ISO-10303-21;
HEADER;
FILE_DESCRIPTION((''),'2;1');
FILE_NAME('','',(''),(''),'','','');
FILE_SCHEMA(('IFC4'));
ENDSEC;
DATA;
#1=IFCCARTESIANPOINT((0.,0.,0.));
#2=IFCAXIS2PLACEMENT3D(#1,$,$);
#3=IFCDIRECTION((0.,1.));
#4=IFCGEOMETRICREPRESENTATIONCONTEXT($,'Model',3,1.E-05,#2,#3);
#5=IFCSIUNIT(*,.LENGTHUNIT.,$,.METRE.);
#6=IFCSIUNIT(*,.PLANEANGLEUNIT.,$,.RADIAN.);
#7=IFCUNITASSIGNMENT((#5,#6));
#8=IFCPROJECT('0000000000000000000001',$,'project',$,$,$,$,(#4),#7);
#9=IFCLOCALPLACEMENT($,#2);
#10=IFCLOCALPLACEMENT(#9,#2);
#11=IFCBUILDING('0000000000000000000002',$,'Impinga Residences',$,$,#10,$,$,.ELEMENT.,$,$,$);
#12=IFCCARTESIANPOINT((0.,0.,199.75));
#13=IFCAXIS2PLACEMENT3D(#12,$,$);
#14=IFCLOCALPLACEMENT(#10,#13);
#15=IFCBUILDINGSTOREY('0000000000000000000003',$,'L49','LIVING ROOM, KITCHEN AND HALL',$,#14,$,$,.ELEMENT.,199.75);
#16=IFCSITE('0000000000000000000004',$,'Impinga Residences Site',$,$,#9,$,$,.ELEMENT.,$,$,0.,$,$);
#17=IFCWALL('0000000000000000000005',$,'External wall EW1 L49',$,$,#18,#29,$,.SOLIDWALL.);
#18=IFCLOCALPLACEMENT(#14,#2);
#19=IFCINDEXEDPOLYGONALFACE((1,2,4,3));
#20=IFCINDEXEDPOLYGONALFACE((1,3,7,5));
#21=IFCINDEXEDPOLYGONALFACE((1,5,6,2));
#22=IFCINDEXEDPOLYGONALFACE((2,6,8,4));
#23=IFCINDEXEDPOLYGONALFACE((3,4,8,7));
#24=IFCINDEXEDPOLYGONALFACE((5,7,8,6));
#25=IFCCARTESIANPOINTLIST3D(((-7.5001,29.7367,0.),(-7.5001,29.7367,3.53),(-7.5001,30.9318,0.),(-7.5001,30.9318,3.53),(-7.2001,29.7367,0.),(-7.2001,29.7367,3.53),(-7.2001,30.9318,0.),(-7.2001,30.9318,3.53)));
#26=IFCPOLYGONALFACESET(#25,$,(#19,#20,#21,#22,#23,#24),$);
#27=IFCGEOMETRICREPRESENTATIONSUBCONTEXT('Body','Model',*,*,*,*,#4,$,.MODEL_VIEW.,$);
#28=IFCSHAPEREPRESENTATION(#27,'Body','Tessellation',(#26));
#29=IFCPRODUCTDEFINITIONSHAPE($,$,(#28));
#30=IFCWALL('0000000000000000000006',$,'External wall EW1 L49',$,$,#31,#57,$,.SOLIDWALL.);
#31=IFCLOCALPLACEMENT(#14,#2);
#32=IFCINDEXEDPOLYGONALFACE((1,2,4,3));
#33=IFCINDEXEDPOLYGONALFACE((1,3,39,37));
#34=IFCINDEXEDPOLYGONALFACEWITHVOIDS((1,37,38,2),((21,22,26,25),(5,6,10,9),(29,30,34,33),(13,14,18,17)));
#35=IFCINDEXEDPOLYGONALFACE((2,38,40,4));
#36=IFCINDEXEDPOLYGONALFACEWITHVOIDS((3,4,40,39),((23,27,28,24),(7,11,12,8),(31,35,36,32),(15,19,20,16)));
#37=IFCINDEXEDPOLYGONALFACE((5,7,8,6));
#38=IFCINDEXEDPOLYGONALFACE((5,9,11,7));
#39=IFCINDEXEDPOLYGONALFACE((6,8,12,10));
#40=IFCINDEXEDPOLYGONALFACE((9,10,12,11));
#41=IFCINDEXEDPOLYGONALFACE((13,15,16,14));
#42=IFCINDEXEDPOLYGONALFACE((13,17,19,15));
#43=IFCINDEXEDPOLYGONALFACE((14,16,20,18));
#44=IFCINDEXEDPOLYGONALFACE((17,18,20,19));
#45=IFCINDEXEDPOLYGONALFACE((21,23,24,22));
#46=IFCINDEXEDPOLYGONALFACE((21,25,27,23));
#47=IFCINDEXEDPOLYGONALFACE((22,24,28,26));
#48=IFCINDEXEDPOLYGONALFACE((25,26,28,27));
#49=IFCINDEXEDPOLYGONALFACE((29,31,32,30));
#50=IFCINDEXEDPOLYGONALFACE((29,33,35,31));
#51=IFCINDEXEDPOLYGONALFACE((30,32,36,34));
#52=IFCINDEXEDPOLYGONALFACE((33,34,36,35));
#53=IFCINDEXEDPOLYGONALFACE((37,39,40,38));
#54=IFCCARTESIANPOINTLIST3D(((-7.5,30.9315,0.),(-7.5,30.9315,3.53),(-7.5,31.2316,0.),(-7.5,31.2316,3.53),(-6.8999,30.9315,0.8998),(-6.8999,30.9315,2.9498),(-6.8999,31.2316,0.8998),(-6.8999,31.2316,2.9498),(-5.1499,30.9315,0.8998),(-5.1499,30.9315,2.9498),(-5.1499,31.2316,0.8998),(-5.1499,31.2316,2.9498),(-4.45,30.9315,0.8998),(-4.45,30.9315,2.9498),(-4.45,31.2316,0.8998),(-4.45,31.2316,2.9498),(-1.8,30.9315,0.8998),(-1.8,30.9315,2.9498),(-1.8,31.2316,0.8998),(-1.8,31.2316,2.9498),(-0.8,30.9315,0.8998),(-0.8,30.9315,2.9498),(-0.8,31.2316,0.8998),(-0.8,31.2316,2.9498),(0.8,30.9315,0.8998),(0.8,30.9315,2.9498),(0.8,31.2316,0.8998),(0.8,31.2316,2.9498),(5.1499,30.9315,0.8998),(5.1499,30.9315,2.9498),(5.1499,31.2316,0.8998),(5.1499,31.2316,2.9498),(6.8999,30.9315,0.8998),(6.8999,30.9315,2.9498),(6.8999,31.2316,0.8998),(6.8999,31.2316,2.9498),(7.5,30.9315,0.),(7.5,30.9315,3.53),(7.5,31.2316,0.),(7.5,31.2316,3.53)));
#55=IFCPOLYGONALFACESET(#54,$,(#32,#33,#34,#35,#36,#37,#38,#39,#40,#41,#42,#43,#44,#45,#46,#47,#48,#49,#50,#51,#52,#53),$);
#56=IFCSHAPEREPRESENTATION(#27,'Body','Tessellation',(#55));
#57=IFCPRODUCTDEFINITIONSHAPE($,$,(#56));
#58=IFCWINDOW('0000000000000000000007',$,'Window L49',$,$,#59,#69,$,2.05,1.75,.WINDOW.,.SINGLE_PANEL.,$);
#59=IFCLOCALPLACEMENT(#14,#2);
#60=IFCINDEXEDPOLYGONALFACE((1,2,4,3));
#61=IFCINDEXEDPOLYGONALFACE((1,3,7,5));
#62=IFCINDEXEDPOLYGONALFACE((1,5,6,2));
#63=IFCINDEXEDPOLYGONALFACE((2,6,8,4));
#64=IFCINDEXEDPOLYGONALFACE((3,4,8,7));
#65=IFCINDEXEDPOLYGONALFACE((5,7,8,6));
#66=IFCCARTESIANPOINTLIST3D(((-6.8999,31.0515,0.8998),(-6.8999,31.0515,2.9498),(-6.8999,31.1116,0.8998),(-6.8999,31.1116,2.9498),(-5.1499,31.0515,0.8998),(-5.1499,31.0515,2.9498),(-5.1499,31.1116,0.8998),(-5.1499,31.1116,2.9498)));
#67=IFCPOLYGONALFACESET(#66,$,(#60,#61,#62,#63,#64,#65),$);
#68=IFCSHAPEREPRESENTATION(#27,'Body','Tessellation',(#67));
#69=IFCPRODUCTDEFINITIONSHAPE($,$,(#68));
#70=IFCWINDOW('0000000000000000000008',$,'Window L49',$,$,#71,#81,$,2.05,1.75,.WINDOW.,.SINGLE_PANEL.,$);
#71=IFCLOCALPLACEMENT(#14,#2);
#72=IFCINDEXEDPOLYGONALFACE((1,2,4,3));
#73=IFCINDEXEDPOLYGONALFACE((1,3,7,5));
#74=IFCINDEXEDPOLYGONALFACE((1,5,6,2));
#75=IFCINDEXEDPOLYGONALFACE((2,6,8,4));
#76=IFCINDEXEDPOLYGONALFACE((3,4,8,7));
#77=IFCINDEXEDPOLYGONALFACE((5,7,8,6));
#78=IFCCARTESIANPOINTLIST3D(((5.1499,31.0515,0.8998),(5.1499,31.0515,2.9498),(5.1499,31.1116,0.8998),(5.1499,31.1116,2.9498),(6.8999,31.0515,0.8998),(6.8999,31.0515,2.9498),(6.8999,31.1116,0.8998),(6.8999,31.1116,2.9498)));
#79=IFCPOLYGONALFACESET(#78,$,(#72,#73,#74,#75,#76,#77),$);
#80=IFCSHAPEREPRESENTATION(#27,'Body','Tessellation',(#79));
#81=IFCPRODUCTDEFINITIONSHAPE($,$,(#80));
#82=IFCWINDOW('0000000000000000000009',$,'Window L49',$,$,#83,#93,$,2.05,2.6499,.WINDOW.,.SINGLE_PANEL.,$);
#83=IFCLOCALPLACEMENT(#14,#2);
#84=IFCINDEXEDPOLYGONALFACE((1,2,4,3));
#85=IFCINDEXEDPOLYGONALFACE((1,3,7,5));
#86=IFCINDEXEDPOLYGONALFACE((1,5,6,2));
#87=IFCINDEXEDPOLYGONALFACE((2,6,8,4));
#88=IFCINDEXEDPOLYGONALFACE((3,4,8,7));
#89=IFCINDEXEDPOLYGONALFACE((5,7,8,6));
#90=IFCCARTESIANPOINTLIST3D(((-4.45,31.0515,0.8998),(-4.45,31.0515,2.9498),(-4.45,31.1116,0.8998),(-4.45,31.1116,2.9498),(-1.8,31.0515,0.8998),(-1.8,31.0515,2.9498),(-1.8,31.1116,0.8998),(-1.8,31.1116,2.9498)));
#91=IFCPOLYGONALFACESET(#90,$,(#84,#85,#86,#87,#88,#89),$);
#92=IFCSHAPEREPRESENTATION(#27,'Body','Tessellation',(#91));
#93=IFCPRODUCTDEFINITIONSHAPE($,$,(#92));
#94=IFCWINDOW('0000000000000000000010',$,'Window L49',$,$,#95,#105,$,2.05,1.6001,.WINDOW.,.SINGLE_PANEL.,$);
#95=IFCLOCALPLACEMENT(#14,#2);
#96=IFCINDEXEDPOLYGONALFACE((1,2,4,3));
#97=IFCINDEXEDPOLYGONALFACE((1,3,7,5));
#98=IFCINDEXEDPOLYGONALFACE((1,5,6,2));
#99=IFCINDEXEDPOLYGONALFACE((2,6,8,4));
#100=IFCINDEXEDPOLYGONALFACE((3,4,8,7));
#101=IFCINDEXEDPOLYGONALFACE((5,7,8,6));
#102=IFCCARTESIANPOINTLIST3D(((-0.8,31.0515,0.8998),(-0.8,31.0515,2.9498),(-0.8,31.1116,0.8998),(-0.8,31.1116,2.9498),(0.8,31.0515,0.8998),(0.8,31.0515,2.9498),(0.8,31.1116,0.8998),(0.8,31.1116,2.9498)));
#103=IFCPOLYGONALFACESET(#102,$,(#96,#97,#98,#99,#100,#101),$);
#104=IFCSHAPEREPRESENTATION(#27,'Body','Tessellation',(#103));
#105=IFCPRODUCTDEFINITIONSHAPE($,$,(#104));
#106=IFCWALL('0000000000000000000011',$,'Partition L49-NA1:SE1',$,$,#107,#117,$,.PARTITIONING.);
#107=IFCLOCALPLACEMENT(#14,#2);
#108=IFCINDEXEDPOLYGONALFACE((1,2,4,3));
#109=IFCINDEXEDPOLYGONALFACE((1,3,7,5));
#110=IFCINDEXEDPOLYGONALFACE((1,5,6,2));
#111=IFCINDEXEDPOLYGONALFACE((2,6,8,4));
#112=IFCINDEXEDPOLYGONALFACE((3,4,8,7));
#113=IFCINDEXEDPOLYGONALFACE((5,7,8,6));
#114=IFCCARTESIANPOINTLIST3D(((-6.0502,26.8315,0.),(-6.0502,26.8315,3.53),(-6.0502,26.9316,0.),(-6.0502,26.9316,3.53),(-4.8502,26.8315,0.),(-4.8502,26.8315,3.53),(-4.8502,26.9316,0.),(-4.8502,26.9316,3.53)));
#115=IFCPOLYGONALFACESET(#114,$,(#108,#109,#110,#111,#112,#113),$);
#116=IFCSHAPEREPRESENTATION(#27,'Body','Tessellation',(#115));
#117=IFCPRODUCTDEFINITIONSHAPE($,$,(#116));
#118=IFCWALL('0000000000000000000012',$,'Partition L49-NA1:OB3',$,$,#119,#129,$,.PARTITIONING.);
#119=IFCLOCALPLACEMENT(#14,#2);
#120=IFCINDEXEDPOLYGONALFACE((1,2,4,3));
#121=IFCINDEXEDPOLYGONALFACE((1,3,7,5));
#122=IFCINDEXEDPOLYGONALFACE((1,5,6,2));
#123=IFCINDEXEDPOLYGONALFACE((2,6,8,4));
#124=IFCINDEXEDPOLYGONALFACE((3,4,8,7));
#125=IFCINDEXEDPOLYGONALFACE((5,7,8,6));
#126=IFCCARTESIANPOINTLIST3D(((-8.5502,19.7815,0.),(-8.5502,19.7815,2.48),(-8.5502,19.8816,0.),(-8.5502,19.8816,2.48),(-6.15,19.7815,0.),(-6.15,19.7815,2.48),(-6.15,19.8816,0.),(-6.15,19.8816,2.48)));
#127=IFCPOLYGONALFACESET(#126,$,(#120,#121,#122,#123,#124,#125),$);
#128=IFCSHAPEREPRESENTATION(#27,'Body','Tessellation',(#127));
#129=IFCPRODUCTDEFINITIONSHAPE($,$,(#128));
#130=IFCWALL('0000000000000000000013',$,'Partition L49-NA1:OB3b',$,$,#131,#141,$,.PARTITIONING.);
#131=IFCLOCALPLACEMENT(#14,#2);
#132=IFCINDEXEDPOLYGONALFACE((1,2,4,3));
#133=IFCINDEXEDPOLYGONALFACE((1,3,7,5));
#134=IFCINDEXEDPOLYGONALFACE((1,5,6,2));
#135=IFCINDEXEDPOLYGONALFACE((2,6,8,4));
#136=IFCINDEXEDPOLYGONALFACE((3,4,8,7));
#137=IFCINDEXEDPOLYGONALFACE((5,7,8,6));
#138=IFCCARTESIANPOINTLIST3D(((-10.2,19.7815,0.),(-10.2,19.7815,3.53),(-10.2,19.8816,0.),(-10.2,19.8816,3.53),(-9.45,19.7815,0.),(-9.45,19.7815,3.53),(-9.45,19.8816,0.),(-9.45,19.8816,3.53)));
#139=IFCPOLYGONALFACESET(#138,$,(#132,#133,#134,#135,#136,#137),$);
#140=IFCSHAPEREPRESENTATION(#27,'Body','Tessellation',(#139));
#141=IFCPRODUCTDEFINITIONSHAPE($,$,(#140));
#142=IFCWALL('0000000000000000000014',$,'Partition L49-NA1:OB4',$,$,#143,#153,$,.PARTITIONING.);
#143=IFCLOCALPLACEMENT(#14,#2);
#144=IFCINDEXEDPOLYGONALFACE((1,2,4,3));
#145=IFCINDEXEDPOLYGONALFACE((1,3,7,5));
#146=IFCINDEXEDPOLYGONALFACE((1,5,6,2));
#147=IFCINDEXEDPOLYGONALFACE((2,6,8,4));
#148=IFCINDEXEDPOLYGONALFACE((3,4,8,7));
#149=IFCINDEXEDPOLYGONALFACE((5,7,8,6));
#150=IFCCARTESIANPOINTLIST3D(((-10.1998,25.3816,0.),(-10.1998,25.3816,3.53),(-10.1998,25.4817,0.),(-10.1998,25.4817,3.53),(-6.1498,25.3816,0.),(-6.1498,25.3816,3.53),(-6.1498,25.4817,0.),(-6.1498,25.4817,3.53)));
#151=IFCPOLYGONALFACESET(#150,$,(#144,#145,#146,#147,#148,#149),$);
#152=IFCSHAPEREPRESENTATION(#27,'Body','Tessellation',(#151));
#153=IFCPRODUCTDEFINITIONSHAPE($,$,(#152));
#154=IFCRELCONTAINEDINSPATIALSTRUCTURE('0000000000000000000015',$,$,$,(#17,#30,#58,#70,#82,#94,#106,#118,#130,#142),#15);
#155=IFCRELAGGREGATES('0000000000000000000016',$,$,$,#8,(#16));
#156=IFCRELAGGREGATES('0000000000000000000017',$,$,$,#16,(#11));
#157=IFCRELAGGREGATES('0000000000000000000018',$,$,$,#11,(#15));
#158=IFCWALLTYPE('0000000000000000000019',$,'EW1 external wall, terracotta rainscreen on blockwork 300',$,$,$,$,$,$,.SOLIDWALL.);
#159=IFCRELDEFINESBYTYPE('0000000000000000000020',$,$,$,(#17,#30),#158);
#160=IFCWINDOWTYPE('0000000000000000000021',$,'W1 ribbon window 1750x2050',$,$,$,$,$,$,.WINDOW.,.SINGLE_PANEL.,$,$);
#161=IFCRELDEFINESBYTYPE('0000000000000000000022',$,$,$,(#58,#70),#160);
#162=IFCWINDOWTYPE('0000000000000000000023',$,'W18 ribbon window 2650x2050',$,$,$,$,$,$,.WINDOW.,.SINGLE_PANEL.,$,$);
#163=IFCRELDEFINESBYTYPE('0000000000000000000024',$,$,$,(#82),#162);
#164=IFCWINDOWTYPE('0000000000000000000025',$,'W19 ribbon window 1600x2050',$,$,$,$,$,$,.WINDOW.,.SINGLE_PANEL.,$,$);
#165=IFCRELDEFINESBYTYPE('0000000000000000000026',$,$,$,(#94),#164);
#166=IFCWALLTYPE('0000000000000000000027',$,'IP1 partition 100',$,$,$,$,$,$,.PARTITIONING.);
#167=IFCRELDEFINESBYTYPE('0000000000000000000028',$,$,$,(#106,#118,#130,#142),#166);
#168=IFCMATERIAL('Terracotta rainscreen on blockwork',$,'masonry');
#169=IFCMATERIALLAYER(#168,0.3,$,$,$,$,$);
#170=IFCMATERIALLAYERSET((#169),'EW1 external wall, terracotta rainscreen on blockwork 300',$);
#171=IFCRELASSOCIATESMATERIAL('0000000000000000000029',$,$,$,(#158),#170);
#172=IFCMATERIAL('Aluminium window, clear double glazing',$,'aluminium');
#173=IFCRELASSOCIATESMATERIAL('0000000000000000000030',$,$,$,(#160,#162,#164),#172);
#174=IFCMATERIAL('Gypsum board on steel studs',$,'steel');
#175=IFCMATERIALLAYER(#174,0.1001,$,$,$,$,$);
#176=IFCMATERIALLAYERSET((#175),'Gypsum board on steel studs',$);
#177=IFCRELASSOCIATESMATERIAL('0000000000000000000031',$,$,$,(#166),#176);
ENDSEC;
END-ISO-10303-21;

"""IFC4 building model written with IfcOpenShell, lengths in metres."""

from ifc_helpers import new_model, si_unit, direction, frame, frame_2d, origin, place, context, subcontext, project, spatial, rectangle, extrude, material, layer, layer_set, type_object, element, fill, save


model = new_model("IFC4")

# Units and contexts
model_context = context("Model", 3, precision=1e-05, world=origin(), true_north=direction((0.0, 1.0)))
body_context = subcontext(model_context, "Body", "Model", "MODEL_VIEW")
ifc_project = project(units=[si_unit("LENGTHUNIT", "METRE"), si_unit("PLANEANGLEUNIT", "RADIAN")], contexts=[model_context])

# Site, building, storey
site_placement = place(None, origin())
site = spatial("IfcSite", under=ifc_project, at=site_placement, Name="Impinga Residences Site", CompositionType="ELEMENT", RefElevation=0.0)
building_placement = place(site_placement, origin())
building = spatial("IfcBuilding", under=site, at=building_placement, Name="Impinga Residences", CompositionType="ELEMENT")
storey_placement = place(building_placement, frame((0.0, 0.0, 199.75)))
storey = spatial("IfcBuildingStorey", under=building, at=storey_placement, Name="L49", Description="LIVING ROOM, KITCHEN AND HALL", CompositionType="ELEMENT", Elevation=199.75)

# Wall
ifc_material_1 = material(Name="Terracotta rainscreen on blockwork", Category="masonry")
ifc_layer_1 = layer(ifc_material_1, 0.3)
ifc_layer_set_1 = layer_set([ifc_layer_1], Name="EW1 external wall, terracotta rainscreen on blockwork 300")
wall_type_1 = type_object("IfcWallType", Name="EW1 external wall, terracotta rainscreen on blockwork 300", PredefinedType="SOLIDWALL", material=ifc_layer_set_1)
wall_1_placement = place(storey_placement, frame((-7.3501, 29.7366, 0.0), z_axis=(0.0, 0.0, 1.0), x_axis=(0.0, 1.0, 0.0)))
element("IfcWall", 1, at=wall_1_placement, inside=storey, type_object=wall_type_1, Name="External wall EW1 L49", PredefinedType="SOLIDWALL", context=body_context, shape_type="SweptSolid", body=[
    extrude(rectangle(XDim=1.1951, YDim=0.3, at=frame_2d((0.5977, 0.0))), origin(), (0.0, 0.0, 1.0), 3.53),
])

# Wall, openings, windows
wall_2_placement = place(storey_placement, frame((-7.5, 31.0815, 0.0), z_axis=(0.0, 0.0, 1.0), x_axis=(1.0, 0.0, 0.0)))
wall_2 = element("IfcWall", 2, at=wall_2_placement, inside=storey, type_object=wall_type_1, Name="External wall EW1 L49", PredefinedType="SOLIDWALL", context=body_context, shape_type="SweptSolid", body=[
    extrude(rectangle(XDim=15.0, YDim=0.3, at=frame_2d((7.5, 0.0))), origin(), (0.0, 0.0, 1.0), 3.53),
])
opening_1_placement = place(wall_2_placement, frame((0.6001, 0.0, 0.8999)))
opening_1 = element("IfcOpeningElement", 3, at=opening_1_placement, cuts=wall_2, PredefinedType="OPENING", context=body_context, shape_type="SweptSolid", body=[
    extrude(rectangle(XDim=1.75, YDim=2.05, at=frame_2d((0.875, 1.0249))), frame((0.0, 0.1599, 0.0), z_axis=(0.0, -1.0, 0.0), x_axis=(1.0, 0.0, 0.0)), (0.0, 0.0, 1.0), 0.3201),
])
opening_2_placement = place(wall_2_placement, frame((3.05, 0.0, 0.8999)))
opening_2 = element("IfcOpeningElement", 4, at=opening_2_placement, cuts=wall_2, PredefinedType="OPENING", context=body_context, shape_type="SweptSolid", body=[
    extrude(rectangle(XDim=2.6499, YDim=2.05, at=frame_2d((1.325, 1.0249))), frame((0.0, 0.1599, 0.0), z_axis=(0.0, -1.0, 0.0), x_axis=(1.0, 0.0, 0.0)), (0.0, 0.0, 1.0), 0.3201),
])
opening_3_placement = place(wall_2_placement, frame((6.7, 0.0, 0.8999)))
opening_3 = element("IfcOpeningElement", 5, at=opening_3_placement, cuts=wall_2, PredefinedType="OPENING", context=body_context, shape_type="SweptSolid", body=[
    extrude(rectangle(XDim=1.6001, YDim=2.05, at=frame_2d((0.8, 1.0249))), frame((0.0, 0.1599, 0.0), z_axis=(0.0, -1.0, 0.0), x_axis=(1.0, 0.0, 0.0)), (0.0, 0.0, 1.0), 0.3201),
])
opening_4_placement = place(wall_2_placement, frame((12.6499, 0.0, 0.8999)))
opening_4 = element("IfcOpeningElement", 6, at=opening_4_placement, cuts=wall_2, PredefinedType="OPENING", context=body_context, shape_type="SweptSolid", body=[
    extrude(rectangle(XDim=1.75, YDim=2.05, at=frame_2d((0.875, 1.0249))), frame((0.0, 0.1599, 0.0), z_axis=(0.0, -1.0, 0.0), x_axis=(1.0, 0.0, 0.0)), (0.0, 0.0, 1.0), 0.3201),
])
ifc_material_2 = material(Name="Aluminium window, clear double glazing", Category="aluminium")
window_type_1 = type_object("IfcWindowType", Name="W1 ribbon window 1750x2050", PartitioningType="SINGLE_PANEL", PredefinedType="WINDOW", material=ifc_material_2)
window_1_placement = place(opening_1_placement, origin())
window_1 = element("IfcWindow", 7, at=window_1_placement, inside=storey, type_object=window_type_1, Name="Window L49", OverallHeight=2.05, OverallWidth=1.75, PartitioningType="SINGLE_PANEL", PredefinedType="WINDOW", context=body_context, shape_type="SweptSolid", body=[
    extrude(rectangle(XDim=1.75, YDim=2.05, at=frame_2d((0.875, 1.0249))), frame((0.0, 0.03, 0.0), z_axis=(0.0, -1.0, 0.0), x_axis=(1.0, 0.0, 0.0)), (0.0, 0.0, 1.0), 0.0601),
])
fill(opening_1, window_1)
window_2_placement = place(opening_4_placement, origin())
window_2 = element("IfcWindow", 8, at=window_2_placement, inside=storey, type_object=window_type_1, Name="Window L49", OverallHeight=2.05, OverallWidth=1.75, PartitioningType="SINGLE_PANEL", PredefinedType="WINDOW", context=body_context, shape_type="SweptSolid", body=[
    extrude(rectangle(XDim=1.75, YDim=2.05, at=frame_2d((0.875, 1.0249))), frame((0.0, 0.03, 0.0), z_axis=(0.0, -1.0, 0.0), x_axis=(1.0, 0.0, 0.0)), (0.0, 0.0, 1.0), 0.0601),
])
fill(opening_4, window_2)
window_type_2 = type_object("IfcWindowType", Name="W18 ribbon window 2650x2050", PartitioningType="SINGLE_PANEL", PredefinedType="WINDOW", material=ifc_material_2)
window_3_placement = place(opening_2_placement, origin())
window_3 = element("IfcWindow", 9, at=window_3_placement, inside=storey, type_object=window_type_2, Name="Window L49", OverallHeight=2.05, OverallWidth=2.6499, PartitioningType="SINGLE_PANEL", PredefinedType="WINDOW", context=body_context, shape_type="SweptSolid", body=[
    extrude(rectangle(XDim=2.6499, YDim=2.05, at=frame_2d((1.325, 1.0249))), frame((0.0, 0.03, 0.0), z_axis=(0.0, -1.0, 0.0), x_axis=(1.0, 0.0, 0.0)), (0.0, 0.0, 1.0), 0.0601),
])
fill(opening_2, window_3)
window_type_3 = type_object("IfcWindowType", Name="W19 ribbon window 1600x2050", PartitioningType="SINGLE_PANEL", PredefinedType="WINDOW", material=ifc_material_2)
window_4_placement = place(opening_3_placement, origin())
window_4 = element("IfcWindow", 10, at=window_4_placement, inside=storey, type_object=window_type_3, Name="Window L49", OverallHeight=2.05, OverallWidth=1.6001, PartitioningType="SINGLE_PANEL", PredefinedType="WINDOW", context=body_context, shape_type="SweptSolid", body=[
    extrude(rectangle(XDim=1.6001, YDim=2.05, at=frame_2d((0.8, 1.0249))), frame((0.0, 0.03, 0.0), z_axis=(0.0, -1.0, 0.0), x_axis=(1.0, 0.0, 0.0)), (0.0, 0.0, 1.0), 0.0601),
])
fill(opening_3, window_4)

# Walls
ifc_material_3 = material(Name="Gypsum board on steel studs", Category="steel")
ifc_layer_2 = layer(ifc_material_3, 0.1001)
ifc_layer_set_2 = layer_set([ifc_layer_2], Name="Gypsum board on steel studs")
wall_type_2 = type_object("IfcWallType", Name="IP1 partition 100", PredefinedType="PARTITIONING", material=ifc_layer_set_2)
wall_3_placement = place(storey_placement, frame((-4.8501, 26.8816, 0.0), z_axis=(0.0, 0.0, 1.0), x_axis=(-1.0, 0.0, 0.0)))
element("IfcWall", 11, at=wall_3_placement, inside=storey, type_object=wall_type_2, Name="Partition L49-NA1:SE1", PredefinedType="PARTITIONING", context=body_context, shape_type="SweptSolid", body=[
    extrude(rectangle(XDim=1.2, YDim=0.1001, at=frame_2d((0.6001, 0.0))), origin(), (0.0, 0.0, 1.0), 3.53),
])
wall_4_placement = place(storey_placement, frame((-6.1499, 19.8315, 0.0), z_axis=(0.0, 0.0, 1.0), x_axis=(-1.0, 0.0, 0.0)))
element("IfcWall", 12, at=wall_4_placement, inside=storey, type_object=wall_type_2, Name="Partition L49-NA1:OB3", PredefinedType="PARTITIONING", context=body_context, shape_type="SweptSolid", body=[
    extrude(rectangle(XDim=2.4001, YDim=0.1001, at=frame_2d((1.2002, 0.0))), origin(), (0.0, 0.0, 1.0), 2.48),
])
wall_5_placement = place(storey_placement, frame((-9.45, 19.8315, 0.0), z_axis=(0.0, 0.0, 1.0), x_axis=(-1.0, 0.0, 0.0)))
element("IfcWall", 13, at=wall_5_placement, inside=storey, type_object=wall_type_2, Name="Partition L49-NA1:OB3b", PredefinedType="PARTITIONING", context=body_context, shape_type="SweptSolid", body=[
    extrude(rectangle(XDim=0.75, YDim=0.1001, at=frame_2d((0.375, 0.0))), origin(), (0.0, 0.0, 1.0), 3.53),
])
wall_6_placement = place(storey_placement, frame((-6.1499, 25.4316, 0.0), z_axis=(0.0, 0.0, 1.0), x_axis=(-1.0, 0.0, 0.0)))
element("IfcWall", 14, at=wall_6_placement, inside=storey, type_object=wall_type_2, Name="Partition L49-NA1:OB4", PredefinedType="PARTITIONING", context=body_context, shape_type="SweptSolid", body=[
    extrude(rectangle(XDim=4.05, YDim=0.1001, at=frame_2d((2.0249, 0.0))), origin(), (0.0, 0.0, 1.0), 3.53),
])

save(model, "model.ifc")
